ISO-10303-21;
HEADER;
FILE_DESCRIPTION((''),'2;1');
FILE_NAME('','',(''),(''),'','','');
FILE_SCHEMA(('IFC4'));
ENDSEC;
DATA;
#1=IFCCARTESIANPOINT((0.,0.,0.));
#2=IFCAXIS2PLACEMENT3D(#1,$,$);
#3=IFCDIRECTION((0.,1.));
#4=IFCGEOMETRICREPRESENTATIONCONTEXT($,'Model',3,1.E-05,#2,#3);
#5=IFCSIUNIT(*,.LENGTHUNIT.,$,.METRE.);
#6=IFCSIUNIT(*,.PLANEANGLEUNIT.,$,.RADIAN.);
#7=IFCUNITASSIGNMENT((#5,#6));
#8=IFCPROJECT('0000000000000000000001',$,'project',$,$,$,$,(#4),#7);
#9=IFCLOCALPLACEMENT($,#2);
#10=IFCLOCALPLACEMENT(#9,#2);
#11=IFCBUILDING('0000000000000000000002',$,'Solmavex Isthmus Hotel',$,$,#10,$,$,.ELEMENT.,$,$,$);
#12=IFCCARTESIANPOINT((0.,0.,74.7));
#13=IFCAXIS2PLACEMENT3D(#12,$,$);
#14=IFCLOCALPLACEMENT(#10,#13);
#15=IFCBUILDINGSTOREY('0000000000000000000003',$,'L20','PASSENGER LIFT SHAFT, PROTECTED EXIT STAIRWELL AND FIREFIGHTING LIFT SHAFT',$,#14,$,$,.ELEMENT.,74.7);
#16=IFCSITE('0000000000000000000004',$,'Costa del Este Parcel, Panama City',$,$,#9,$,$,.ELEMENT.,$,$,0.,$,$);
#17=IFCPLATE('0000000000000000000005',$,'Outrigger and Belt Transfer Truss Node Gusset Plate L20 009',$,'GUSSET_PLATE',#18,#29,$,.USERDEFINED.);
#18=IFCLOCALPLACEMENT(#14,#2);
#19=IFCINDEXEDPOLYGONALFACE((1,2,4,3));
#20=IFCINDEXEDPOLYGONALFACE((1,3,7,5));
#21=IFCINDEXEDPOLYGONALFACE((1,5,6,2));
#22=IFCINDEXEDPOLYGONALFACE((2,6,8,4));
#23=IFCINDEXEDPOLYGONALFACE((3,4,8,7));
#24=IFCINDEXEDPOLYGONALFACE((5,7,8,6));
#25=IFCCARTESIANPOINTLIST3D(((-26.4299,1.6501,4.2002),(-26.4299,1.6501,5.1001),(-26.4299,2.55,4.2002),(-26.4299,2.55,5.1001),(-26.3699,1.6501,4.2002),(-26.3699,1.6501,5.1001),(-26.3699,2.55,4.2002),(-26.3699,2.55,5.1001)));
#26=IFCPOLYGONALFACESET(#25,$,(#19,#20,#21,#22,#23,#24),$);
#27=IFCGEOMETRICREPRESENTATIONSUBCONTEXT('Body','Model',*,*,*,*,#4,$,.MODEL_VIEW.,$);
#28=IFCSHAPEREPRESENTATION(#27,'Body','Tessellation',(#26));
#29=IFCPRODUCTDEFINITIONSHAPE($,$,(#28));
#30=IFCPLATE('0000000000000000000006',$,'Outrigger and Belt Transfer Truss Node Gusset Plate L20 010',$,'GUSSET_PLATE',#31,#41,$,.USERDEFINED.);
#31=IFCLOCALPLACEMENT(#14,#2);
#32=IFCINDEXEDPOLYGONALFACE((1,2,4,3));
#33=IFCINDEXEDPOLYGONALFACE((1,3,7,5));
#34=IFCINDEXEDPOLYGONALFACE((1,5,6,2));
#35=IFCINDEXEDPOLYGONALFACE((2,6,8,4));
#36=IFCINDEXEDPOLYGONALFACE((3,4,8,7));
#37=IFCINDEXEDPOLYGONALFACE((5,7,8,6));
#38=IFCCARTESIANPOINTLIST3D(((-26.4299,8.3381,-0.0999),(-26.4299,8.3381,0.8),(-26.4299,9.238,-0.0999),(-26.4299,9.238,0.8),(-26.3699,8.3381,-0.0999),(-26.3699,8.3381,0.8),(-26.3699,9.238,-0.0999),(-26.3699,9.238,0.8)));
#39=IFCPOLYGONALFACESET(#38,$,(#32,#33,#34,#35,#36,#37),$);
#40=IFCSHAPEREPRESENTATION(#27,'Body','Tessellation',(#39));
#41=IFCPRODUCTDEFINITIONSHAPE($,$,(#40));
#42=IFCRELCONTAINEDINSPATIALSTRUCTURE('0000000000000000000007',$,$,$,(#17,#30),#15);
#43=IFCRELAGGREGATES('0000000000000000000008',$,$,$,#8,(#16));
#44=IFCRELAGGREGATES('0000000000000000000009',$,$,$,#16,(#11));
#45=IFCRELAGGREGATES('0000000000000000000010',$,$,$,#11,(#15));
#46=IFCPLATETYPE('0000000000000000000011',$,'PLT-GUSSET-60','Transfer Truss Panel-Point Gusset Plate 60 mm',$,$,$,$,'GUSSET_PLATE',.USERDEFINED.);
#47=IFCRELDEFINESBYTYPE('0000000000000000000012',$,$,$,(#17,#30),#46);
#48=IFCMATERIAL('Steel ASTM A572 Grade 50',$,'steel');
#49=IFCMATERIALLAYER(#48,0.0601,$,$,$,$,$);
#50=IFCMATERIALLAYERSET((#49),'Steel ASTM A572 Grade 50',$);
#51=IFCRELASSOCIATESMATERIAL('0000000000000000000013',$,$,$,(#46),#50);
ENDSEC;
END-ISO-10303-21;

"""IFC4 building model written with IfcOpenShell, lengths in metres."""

from ifc_helpers import new_model, si_unit, direction, frame, origin, origin_2d, place, context, subcontext, project, spatial, rectangle, extrude, material, layer, layer_set, type_object, element, save


model = new_model("IFC4")

# Units and contexts
model_context = context("Model", 3, precision=1e-05, world=origin(), true_north=direction((0.0, 1.0)))
body_context = subcontext(model_context, "Body", "Model", "MODEL_VIEW")
ifc_project = project(units=[si_unit("LENGTHUNIT", "METRE"), si_unit("PLANEANGLEUNIT", "RADIAN")], contexts=[model_context])

# Site, building, storey
site_placement = place(None, origin())
site = spatial("IfcSite", under=ifc_project, at=site_placement, Name="Costa del Este Parcel, Panama City", CompositionType="ELEMENT", RefElevation=0.0)
building_placement = place(site_placement, origin())
building = spatial("IfcBuilding", under=site, at=building_placement, Name="Solmavex Isthmus Hotel", CompositionType="ELEMENT")
storey_placement = place(building_placement, frame((0.0, 0.0, 74.7)))
storey = spatial("IfcBuildingStorey", under=building, at=storey_placement, Name="L20", Description="PASSENGER LIFT SHAFT, PROTECTED EXIT STAIRWELL AND FIREFIGHTING LIFT SHAFT", CompositionType="ELEMENT", Elevation=74.7)

# Plates
ifc_material_1 = material(Name="Steel ASTM A572 Grade 50", Category="steel")
ifc_layer = layer(ifc_material_1, 0.0601)
ifc_layer_set = layer_set([ifc_layer], Name="Steel ASTM A572 Grade 50")
plate_type = type_object("IfcPlateType", Name="PLT-GUSSET-60", Description="Transfer Truss Panel-Point Gusset Plate 60 mm", ElementType="GUSSET_PLATE", PredefinedType="USERDEFINED", material=ifc_layer_set)
for number, where, z_axis, x_axis, name in (
    (1, (-26.3999, 2.1001, 4.2002), (0.0, 0.0, 1.0), (0.0, 1.0, 0.0), "Outrigger and Belt Transfer Truss Node Gusset Plate L20 009"),
    (2, (-26.3999, 8.7881, -0.0999), (0.0, 0.0, 1.0), (0.0, 1.0, 0.0), "Outrigger and Belt Transfer Truss Node Gusset Plate L20 010"),
):
    element("IfcPlate", number, at=place(storey_placement, frame(where, z_axis=z_axis, x_axis=x_axis)), inside=storey, type_object=plate_type, Name=name, ObjectType="GUSSET_PLATE", PredefinedType="USERDEFINED", context=body_context, shape_type="SweptSolid", body=[
        extrude(rectangle(XDim=0.8999, YDim=0.0601, at=origin_2d()), origin(), (0.0, 0.0, 1.0), 0.8999),
    ])

save(model, "model.ifc")
